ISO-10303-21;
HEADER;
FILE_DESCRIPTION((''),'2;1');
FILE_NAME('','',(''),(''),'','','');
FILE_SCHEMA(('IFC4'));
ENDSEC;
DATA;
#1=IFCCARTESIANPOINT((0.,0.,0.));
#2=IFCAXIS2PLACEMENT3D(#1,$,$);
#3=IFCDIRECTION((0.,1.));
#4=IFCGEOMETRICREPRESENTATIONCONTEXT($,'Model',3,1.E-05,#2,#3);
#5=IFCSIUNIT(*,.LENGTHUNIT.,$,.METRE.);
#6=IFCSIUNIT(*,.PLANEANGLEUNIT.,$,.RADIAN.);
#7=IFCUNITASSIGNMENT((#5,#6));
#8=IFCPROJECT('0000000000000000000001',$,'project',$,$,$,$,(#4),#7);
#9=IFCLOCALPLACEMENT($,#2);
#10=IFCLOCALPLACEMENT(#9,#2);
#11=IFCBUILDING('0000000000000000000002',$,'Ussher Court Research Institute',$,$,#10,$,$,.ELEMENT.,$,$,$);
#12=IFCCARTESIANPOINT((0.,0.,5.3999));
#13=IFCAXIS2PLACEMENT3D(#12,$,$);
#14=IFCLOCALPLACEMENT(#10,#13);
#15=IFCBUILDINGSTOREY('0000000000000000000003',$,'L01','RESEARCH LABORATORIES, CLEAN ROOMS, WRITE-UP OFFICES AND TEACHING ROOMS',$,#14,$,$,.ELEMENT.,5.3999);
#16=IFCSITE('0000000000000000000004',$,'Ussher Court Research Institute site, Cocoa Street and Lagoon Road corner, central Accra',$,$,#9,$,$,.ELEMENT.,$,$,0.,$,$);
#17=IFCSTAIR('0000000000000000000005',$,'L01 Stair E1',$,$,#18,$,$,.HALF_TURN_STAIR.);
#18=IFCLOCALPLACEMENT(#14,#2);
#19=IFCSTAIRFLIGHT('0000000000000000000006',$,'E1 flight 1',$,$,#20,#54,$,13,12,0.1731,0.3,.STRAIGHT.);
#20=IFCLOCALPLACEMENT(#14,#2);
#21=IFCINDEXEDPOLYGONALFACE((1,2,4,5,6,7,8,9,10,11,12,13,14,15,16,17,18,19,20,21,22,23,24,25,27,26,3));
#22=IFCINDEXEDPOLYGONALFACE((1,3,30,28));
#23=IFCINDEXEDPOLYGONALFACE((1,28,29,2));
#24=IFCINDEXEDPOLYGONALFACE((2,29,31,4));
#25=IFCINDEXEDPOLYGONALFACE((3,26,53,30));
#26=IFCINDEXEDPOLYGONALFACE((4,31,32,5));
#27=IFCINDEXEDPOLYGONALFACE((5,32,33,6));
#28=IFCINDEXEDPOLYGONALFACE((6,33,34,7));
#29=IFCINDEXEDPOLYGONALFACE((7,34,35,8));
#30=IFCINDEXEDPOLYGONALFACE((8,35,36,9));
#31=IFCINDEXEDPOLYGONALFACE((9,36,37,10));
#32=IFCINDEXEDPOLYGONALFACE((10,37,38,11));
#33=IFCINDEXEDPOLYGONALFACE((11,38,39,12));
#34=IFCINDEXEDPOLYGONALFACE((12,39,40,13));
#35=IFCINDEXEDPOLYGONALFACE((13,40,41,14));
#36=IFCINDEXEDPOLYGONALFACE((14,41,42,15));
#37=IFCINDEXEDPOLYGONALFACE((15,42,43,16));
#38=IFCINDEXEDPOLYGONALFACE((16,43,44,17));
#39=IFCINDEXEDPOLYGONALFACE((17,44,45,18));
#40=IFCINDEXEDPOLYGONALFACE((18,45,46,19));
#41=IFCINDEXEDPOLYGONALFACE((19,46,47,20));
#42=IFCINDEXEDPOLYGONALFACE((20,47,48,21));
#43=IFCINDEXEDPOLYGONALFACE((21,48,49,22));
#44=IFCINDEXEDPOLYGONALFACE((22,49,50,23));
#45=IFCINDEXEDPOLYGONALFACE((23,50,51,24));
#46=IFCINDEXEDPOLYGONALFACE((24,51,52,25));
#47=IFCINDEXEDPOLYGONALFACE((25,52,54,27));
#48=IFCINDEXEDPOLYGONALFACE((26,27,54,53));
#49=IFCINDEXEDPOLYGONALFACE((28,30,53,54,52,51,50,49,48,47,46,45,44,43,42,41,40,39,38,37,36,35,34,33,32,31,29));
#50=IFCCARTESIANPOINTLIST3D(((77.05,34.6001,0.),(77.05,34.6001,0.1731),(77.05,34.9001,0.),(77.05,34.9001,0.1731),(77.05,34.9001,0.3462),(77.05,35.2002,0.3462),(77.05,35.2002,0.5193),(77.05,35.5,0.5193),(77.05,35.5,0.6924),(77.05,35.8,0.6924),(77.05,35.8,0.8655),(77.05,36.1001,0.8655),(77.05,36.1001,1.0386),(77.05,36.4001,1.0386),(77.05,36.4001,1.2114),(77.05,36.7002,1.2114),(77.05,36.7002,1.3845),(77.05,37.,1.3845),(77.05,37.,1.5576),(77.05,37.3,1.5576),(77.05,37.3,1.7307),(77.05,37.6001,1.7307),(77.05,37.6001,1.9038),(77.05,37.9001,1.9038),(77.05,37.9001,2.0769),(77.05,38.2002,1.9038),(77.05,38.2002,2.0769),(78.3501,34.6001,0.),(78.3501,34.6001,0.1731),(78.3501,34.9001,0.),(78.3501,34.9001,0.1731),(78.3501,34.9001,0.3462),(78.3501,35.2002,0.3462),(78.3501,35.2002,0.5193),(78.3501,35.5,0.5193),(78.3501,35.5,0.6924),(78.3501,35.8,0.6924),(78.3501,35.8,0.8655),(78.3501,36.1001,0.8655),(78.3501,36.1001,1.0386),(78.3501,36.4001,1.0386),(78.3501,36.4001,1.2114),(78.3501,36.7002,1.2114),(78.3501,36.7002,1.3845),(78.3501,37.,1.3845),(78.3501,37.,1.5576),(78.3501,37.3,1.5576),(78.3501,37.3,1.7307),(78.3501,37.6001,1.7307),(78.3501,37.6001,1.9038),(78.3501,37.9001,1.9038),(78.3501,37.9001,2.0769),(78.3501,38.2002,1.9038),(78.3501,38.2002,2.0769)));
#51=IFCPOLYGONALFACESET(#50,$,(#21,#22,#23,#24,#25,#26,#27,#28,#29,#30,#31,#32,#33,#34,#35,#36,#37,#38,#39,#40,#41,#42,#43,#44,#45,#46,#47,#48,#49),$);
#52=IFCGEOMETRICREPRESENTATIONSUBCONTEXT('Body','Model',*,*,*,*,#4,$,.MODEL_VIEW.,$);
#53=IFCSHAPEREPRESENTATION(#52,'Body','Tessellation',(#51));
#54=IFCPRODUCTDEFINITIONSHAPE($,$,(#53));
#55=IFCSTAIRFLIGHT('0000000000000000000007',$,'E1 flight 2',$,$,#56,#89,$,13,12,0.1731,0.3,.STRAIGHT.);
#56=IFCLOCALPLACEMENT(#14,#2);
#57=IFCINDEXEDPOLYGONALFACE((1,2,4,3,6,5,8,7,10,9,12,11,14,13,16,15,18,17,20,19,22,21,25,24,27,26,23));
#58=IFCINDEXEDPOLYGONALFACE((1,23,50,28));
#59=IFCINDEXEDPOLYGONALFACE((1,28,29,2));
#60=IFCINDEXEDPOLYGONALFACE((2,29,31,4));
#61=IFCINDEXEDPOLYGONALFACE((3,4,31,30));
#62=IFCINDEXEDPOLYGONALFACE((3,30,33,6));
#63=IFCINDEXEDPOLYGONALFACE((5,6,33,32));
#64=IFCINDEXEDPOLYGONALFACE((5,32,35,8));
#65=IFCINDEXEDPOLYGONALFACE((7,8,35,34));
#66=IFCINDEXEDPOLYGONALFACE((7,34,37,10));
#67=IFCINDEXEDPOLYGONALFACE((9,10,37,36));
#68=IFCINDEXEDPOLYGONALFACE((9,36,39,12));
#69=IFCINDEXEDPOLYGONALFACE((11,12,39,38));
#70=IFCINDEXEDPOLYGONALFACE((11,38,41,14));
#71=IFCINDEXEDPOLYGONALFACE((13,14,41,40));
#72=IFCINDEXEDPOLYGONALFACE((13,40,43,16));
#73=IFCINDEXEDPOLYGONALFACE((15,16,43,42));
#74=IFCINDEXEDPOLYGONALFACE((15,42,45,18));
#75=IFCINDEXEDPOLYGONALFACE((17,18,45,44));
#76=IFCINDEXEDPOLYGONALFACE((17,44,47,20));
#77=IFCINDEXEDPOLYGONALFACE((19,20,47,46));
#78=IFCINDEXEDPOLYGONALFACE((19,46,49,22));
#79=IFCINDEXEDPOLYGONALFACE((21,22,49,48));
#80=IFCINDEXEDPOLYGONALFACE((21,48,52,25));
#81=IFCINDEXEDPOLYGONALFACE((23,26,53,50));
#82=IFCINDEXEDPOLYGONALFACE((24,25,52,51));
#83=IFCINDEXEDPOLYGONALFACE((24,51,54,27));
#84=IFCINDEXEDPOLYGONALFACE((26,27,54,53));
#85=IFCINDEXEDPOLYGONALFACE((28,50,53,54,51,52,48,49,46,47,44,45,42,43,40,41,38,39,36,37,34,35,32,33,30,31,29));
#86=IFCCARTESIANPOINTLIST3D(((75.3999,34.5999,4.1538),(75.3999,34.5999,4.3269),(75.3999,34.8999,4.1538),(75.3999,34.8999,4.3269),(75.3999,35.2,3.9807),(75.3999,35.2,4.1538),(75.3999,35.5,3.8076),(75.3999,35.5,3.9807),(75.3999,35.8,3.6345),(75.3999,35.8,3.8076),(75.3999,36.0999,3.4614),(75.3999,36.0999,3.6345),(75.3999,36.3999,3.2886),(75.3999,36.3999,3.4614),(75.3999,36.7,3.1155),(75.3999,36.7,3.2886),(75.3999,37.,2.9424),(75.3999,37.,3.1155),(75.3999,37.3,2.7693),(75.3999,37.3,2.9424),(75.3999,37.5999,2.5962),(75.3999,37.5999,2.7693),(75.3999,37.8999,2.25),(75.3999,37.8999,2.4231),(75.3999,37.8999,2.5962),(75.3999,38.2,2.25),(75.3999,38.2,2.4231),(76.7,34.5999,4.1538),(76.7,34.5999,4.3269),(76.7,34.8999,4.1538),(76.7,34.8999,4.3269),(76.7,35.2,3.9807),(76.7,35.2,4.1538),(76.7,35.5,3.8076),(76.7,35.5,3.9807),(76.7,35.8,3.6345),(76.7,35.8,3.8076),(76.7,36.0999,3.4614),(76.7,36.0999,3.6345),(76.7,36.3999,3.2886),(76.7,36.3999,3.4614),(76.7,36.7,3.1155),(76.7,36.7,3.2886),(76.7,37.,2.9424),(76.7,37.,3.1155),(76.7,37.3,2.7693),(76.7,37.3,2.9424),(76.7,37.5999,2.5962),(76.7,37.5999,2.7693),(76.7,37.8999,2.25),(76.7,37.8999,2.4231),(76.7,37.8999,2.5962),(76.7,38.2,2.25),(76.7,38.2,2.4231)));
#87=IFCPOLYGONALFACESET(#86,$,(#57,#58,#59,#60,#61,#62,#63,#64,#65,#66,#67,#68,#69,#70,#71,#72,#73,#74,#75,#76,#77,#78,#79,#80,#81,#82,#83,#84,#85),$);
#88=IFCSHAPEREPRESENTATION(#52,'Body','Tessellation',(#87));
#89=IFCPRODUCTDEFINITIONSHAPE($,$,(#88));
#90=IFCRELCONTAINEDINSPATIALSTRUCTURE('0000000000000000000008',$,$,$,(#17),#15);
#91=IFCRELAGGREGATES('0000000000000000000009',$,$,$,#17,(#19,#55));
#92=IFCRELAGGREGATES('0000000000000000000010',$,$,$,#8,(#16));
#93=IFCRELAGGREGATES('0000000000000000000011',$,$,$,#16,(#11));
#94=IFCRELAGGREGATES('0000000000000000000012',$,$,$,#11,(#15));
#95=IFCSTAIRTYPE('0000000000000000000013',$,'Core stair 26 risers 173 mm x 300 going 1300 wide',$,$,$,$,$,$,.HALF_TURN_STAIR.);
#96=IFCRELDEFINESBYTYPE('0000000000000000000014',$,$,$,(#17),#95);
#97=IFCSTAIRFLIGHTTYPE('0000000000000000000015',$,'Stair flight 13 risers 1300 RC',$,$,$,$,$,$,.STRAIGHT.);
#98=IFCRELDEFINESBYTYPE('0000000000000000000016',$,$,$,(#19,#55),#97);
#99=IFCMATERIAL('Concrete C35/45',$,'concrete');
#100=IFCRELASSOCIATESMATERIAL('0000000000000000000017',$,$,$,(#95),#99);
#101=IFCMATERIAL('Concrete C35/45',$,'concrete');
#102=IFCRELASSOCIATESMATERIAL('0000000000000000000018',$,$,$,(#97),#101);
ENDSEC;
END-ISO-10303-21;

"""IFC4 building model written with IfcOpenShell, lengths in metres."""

from ifc_helpers import new_model, si_unit, direction, frame, origin, place, context, subcontext, project, spatial, polyline, outline, extrude, material, type_object, element, aggregate, save


model = new_model("IFC4")

# Units and contexts
model_context = context("Model", 3, precision=1e-05, world=origin(), true_north=direction((0.0, 1.0)))
body_context = subcontext(model_context, "Body", "Model", "MODEL_VIEW")
ifc_project = project(units=[si_unit("LENGTHUNIT", "METRE"), si_unit("PLANEANGLEUNIT", "RADIAN")], contexts=[model_context])

# Site, building, storey
site_placement = place(None, origin())
site = spatial("IfcSite", under=ifc_project, at=site_placement, Name="Ussher Court Research Institute site, Cocoa Street and Lagoon Road corner, central Accra", CompositionType="ELEMENT", RefElevation=0.0)
building_placement = place(site_placement, origin())
building = spatial("IfcBuilding", under=site, at=building_placement, Name="Ussher Court Research Institute", CompositionType="ELEMENT")
storey_placement = place(building_placement, frame((0.0, 0.0, 5.3999)))
storey = spatial("IfcBuildingStorey", under=building, at=storey_placement, Name="L01", Description="RESEARCH LABORATORIES, CLEAN ROOMS, WRITE-UP OFFICES AND TEACHING ROOMS", CompositionType="ELEMENT", Elevation=5.3999)

# Stair, stair flights
ifc_material_1 = material(Name="Concrete C35/45", Category="concrete")
stair_type = type_object("IfcStairType", Name="Core stair 26 risers 173 mm x 300 going 1300 wide", PredefinedType="HALF_TURN_STAIR", material=ifc_material_1)
stair_placement = place(storey_placement, origin())
stair = element("IfcStair", 1, at=stair_placement, inside=storey, type_object=stair_type, Name="L01 Stair E1", PredefinedType="HALF_TURN_STAIR")
ifc_material_2 = material(Name="Concrete C35/45", Category="concrete")
stair_flight_type = type_object("IfcStairFlightType", Name="Stair flight 13 risers 1300 RC", PredefinedType="STRAIGHT", material=ifc_material_2)
stair_flight_1_placement = place(storey_placement, frame((77.7, 34.6001, 0.0), z_axis=(0.0, 0.0, 1.0), x_axis=(0.0, 1.0, 0.0)))
stair_flight_1 = element("IfcStairFlight", 2, at=stair_flight_1_placement, type_object=stair_flight_type, Name="E1 flight 1", NumberOfRisers=13, NumberOfTreads=12, PredefinedType="STRAIGHT", RiserHeight=0.1731, TreadLength=0.3, context=body_context, shape_type="SweptSolid", body=[
    extrude(outline(polyline([(0.0, 0.0), (0.0, 0.1731), (0.3, 0.1731), (0.3, 0.3462), (0.6001, 0.3462), (0.6001, 0.5193), (0.8999, 0.5193), (0.8999, 0.6924), (1.2, 0.6924), (1.2, 0.8655), (1.5, 0.8655), (1.5, 1.0386), (1.8, 1.0386), (1.8, 1.2114), (2.1001, 1.2114), (2.1001, 1.3845), (2.3999, 1.3845), (2.3999, 1.5576), (2.7, 1.5576), (2.7, 1.7307), (3.0, 1.7307), (3.0, 1.9038), (3.3, 1.9038), (3.3, 2.0769), (3.6001, 2.0769), (3.6001, 2.25), (3.6001, 1.9038), (0.3, 0.0), (0.0, 0.0)])), frame((0.0, 0.6499, 0.0), z_axis=(0.0, -1.0, 0.0), x_axis=(1.0, 0.0, 0.0)), (0.0, 0.0, 1.0), 1.3),
])
stair_flight_2_placement = place(storey_placement, frame((76.05, 38.2, 2.25), z_axis=(0.0, 0.0, 1.0), x_axis=(0.0, -1.0, 0.0)))
stair_flight_2 = element("IfcStairFlight", 3, at=stair_flight_2_placement, type_object=stair_flight_type, Name="E1 flight 2", NumberOfRisers=13, NumberOfTreads=12, PredefinedType="STRAIGHT", RiserHeight=0.1731, TreadLength=0.3, context=body_context, shape_type="SweptSolid", body=[
    extrude(outline(polyline([(0.0, 0.0), (0.0, 0.1731), (0.3, 0.1731), (0.3, 0.3462), (0.6001, 0.3462), (0.6001, 0.5193), (0.8999, 0.5193), (0.8999, 0.6924), (1.2, 0.6924), (1.2, 0.8655), (1.5, 0.8655), (1.5, 1.0386), (1.8, 1.0386), (1.8, 1.2114), (2.1001, 1.2114), (2.1001, 1.3845), (2.3999, 1.3845), (2.3999, 1.5576), (2.7, 1.5576), (2.7, 1.7307), (3.0, 1.7307), (3.0, 1.9038), (3.3, 1.9038), (3.3, 2.0769), (3.6001, 2.0769), (3.6001, 2.25), (3.6001, 1.9038), (0.3, 0.0), (0.0, 0.0)])), frame((0.0, 0.6499, 0.0), z_axis=(0.0, -1.0, 0.0), x_axis=(1.0, 0.0, 0.0)), (0.0, 0.0, 1.0), 1.3),
])
aggregate(stair, [stair_flight_1, stair_flight_2])

save(model, "model.ifc")
